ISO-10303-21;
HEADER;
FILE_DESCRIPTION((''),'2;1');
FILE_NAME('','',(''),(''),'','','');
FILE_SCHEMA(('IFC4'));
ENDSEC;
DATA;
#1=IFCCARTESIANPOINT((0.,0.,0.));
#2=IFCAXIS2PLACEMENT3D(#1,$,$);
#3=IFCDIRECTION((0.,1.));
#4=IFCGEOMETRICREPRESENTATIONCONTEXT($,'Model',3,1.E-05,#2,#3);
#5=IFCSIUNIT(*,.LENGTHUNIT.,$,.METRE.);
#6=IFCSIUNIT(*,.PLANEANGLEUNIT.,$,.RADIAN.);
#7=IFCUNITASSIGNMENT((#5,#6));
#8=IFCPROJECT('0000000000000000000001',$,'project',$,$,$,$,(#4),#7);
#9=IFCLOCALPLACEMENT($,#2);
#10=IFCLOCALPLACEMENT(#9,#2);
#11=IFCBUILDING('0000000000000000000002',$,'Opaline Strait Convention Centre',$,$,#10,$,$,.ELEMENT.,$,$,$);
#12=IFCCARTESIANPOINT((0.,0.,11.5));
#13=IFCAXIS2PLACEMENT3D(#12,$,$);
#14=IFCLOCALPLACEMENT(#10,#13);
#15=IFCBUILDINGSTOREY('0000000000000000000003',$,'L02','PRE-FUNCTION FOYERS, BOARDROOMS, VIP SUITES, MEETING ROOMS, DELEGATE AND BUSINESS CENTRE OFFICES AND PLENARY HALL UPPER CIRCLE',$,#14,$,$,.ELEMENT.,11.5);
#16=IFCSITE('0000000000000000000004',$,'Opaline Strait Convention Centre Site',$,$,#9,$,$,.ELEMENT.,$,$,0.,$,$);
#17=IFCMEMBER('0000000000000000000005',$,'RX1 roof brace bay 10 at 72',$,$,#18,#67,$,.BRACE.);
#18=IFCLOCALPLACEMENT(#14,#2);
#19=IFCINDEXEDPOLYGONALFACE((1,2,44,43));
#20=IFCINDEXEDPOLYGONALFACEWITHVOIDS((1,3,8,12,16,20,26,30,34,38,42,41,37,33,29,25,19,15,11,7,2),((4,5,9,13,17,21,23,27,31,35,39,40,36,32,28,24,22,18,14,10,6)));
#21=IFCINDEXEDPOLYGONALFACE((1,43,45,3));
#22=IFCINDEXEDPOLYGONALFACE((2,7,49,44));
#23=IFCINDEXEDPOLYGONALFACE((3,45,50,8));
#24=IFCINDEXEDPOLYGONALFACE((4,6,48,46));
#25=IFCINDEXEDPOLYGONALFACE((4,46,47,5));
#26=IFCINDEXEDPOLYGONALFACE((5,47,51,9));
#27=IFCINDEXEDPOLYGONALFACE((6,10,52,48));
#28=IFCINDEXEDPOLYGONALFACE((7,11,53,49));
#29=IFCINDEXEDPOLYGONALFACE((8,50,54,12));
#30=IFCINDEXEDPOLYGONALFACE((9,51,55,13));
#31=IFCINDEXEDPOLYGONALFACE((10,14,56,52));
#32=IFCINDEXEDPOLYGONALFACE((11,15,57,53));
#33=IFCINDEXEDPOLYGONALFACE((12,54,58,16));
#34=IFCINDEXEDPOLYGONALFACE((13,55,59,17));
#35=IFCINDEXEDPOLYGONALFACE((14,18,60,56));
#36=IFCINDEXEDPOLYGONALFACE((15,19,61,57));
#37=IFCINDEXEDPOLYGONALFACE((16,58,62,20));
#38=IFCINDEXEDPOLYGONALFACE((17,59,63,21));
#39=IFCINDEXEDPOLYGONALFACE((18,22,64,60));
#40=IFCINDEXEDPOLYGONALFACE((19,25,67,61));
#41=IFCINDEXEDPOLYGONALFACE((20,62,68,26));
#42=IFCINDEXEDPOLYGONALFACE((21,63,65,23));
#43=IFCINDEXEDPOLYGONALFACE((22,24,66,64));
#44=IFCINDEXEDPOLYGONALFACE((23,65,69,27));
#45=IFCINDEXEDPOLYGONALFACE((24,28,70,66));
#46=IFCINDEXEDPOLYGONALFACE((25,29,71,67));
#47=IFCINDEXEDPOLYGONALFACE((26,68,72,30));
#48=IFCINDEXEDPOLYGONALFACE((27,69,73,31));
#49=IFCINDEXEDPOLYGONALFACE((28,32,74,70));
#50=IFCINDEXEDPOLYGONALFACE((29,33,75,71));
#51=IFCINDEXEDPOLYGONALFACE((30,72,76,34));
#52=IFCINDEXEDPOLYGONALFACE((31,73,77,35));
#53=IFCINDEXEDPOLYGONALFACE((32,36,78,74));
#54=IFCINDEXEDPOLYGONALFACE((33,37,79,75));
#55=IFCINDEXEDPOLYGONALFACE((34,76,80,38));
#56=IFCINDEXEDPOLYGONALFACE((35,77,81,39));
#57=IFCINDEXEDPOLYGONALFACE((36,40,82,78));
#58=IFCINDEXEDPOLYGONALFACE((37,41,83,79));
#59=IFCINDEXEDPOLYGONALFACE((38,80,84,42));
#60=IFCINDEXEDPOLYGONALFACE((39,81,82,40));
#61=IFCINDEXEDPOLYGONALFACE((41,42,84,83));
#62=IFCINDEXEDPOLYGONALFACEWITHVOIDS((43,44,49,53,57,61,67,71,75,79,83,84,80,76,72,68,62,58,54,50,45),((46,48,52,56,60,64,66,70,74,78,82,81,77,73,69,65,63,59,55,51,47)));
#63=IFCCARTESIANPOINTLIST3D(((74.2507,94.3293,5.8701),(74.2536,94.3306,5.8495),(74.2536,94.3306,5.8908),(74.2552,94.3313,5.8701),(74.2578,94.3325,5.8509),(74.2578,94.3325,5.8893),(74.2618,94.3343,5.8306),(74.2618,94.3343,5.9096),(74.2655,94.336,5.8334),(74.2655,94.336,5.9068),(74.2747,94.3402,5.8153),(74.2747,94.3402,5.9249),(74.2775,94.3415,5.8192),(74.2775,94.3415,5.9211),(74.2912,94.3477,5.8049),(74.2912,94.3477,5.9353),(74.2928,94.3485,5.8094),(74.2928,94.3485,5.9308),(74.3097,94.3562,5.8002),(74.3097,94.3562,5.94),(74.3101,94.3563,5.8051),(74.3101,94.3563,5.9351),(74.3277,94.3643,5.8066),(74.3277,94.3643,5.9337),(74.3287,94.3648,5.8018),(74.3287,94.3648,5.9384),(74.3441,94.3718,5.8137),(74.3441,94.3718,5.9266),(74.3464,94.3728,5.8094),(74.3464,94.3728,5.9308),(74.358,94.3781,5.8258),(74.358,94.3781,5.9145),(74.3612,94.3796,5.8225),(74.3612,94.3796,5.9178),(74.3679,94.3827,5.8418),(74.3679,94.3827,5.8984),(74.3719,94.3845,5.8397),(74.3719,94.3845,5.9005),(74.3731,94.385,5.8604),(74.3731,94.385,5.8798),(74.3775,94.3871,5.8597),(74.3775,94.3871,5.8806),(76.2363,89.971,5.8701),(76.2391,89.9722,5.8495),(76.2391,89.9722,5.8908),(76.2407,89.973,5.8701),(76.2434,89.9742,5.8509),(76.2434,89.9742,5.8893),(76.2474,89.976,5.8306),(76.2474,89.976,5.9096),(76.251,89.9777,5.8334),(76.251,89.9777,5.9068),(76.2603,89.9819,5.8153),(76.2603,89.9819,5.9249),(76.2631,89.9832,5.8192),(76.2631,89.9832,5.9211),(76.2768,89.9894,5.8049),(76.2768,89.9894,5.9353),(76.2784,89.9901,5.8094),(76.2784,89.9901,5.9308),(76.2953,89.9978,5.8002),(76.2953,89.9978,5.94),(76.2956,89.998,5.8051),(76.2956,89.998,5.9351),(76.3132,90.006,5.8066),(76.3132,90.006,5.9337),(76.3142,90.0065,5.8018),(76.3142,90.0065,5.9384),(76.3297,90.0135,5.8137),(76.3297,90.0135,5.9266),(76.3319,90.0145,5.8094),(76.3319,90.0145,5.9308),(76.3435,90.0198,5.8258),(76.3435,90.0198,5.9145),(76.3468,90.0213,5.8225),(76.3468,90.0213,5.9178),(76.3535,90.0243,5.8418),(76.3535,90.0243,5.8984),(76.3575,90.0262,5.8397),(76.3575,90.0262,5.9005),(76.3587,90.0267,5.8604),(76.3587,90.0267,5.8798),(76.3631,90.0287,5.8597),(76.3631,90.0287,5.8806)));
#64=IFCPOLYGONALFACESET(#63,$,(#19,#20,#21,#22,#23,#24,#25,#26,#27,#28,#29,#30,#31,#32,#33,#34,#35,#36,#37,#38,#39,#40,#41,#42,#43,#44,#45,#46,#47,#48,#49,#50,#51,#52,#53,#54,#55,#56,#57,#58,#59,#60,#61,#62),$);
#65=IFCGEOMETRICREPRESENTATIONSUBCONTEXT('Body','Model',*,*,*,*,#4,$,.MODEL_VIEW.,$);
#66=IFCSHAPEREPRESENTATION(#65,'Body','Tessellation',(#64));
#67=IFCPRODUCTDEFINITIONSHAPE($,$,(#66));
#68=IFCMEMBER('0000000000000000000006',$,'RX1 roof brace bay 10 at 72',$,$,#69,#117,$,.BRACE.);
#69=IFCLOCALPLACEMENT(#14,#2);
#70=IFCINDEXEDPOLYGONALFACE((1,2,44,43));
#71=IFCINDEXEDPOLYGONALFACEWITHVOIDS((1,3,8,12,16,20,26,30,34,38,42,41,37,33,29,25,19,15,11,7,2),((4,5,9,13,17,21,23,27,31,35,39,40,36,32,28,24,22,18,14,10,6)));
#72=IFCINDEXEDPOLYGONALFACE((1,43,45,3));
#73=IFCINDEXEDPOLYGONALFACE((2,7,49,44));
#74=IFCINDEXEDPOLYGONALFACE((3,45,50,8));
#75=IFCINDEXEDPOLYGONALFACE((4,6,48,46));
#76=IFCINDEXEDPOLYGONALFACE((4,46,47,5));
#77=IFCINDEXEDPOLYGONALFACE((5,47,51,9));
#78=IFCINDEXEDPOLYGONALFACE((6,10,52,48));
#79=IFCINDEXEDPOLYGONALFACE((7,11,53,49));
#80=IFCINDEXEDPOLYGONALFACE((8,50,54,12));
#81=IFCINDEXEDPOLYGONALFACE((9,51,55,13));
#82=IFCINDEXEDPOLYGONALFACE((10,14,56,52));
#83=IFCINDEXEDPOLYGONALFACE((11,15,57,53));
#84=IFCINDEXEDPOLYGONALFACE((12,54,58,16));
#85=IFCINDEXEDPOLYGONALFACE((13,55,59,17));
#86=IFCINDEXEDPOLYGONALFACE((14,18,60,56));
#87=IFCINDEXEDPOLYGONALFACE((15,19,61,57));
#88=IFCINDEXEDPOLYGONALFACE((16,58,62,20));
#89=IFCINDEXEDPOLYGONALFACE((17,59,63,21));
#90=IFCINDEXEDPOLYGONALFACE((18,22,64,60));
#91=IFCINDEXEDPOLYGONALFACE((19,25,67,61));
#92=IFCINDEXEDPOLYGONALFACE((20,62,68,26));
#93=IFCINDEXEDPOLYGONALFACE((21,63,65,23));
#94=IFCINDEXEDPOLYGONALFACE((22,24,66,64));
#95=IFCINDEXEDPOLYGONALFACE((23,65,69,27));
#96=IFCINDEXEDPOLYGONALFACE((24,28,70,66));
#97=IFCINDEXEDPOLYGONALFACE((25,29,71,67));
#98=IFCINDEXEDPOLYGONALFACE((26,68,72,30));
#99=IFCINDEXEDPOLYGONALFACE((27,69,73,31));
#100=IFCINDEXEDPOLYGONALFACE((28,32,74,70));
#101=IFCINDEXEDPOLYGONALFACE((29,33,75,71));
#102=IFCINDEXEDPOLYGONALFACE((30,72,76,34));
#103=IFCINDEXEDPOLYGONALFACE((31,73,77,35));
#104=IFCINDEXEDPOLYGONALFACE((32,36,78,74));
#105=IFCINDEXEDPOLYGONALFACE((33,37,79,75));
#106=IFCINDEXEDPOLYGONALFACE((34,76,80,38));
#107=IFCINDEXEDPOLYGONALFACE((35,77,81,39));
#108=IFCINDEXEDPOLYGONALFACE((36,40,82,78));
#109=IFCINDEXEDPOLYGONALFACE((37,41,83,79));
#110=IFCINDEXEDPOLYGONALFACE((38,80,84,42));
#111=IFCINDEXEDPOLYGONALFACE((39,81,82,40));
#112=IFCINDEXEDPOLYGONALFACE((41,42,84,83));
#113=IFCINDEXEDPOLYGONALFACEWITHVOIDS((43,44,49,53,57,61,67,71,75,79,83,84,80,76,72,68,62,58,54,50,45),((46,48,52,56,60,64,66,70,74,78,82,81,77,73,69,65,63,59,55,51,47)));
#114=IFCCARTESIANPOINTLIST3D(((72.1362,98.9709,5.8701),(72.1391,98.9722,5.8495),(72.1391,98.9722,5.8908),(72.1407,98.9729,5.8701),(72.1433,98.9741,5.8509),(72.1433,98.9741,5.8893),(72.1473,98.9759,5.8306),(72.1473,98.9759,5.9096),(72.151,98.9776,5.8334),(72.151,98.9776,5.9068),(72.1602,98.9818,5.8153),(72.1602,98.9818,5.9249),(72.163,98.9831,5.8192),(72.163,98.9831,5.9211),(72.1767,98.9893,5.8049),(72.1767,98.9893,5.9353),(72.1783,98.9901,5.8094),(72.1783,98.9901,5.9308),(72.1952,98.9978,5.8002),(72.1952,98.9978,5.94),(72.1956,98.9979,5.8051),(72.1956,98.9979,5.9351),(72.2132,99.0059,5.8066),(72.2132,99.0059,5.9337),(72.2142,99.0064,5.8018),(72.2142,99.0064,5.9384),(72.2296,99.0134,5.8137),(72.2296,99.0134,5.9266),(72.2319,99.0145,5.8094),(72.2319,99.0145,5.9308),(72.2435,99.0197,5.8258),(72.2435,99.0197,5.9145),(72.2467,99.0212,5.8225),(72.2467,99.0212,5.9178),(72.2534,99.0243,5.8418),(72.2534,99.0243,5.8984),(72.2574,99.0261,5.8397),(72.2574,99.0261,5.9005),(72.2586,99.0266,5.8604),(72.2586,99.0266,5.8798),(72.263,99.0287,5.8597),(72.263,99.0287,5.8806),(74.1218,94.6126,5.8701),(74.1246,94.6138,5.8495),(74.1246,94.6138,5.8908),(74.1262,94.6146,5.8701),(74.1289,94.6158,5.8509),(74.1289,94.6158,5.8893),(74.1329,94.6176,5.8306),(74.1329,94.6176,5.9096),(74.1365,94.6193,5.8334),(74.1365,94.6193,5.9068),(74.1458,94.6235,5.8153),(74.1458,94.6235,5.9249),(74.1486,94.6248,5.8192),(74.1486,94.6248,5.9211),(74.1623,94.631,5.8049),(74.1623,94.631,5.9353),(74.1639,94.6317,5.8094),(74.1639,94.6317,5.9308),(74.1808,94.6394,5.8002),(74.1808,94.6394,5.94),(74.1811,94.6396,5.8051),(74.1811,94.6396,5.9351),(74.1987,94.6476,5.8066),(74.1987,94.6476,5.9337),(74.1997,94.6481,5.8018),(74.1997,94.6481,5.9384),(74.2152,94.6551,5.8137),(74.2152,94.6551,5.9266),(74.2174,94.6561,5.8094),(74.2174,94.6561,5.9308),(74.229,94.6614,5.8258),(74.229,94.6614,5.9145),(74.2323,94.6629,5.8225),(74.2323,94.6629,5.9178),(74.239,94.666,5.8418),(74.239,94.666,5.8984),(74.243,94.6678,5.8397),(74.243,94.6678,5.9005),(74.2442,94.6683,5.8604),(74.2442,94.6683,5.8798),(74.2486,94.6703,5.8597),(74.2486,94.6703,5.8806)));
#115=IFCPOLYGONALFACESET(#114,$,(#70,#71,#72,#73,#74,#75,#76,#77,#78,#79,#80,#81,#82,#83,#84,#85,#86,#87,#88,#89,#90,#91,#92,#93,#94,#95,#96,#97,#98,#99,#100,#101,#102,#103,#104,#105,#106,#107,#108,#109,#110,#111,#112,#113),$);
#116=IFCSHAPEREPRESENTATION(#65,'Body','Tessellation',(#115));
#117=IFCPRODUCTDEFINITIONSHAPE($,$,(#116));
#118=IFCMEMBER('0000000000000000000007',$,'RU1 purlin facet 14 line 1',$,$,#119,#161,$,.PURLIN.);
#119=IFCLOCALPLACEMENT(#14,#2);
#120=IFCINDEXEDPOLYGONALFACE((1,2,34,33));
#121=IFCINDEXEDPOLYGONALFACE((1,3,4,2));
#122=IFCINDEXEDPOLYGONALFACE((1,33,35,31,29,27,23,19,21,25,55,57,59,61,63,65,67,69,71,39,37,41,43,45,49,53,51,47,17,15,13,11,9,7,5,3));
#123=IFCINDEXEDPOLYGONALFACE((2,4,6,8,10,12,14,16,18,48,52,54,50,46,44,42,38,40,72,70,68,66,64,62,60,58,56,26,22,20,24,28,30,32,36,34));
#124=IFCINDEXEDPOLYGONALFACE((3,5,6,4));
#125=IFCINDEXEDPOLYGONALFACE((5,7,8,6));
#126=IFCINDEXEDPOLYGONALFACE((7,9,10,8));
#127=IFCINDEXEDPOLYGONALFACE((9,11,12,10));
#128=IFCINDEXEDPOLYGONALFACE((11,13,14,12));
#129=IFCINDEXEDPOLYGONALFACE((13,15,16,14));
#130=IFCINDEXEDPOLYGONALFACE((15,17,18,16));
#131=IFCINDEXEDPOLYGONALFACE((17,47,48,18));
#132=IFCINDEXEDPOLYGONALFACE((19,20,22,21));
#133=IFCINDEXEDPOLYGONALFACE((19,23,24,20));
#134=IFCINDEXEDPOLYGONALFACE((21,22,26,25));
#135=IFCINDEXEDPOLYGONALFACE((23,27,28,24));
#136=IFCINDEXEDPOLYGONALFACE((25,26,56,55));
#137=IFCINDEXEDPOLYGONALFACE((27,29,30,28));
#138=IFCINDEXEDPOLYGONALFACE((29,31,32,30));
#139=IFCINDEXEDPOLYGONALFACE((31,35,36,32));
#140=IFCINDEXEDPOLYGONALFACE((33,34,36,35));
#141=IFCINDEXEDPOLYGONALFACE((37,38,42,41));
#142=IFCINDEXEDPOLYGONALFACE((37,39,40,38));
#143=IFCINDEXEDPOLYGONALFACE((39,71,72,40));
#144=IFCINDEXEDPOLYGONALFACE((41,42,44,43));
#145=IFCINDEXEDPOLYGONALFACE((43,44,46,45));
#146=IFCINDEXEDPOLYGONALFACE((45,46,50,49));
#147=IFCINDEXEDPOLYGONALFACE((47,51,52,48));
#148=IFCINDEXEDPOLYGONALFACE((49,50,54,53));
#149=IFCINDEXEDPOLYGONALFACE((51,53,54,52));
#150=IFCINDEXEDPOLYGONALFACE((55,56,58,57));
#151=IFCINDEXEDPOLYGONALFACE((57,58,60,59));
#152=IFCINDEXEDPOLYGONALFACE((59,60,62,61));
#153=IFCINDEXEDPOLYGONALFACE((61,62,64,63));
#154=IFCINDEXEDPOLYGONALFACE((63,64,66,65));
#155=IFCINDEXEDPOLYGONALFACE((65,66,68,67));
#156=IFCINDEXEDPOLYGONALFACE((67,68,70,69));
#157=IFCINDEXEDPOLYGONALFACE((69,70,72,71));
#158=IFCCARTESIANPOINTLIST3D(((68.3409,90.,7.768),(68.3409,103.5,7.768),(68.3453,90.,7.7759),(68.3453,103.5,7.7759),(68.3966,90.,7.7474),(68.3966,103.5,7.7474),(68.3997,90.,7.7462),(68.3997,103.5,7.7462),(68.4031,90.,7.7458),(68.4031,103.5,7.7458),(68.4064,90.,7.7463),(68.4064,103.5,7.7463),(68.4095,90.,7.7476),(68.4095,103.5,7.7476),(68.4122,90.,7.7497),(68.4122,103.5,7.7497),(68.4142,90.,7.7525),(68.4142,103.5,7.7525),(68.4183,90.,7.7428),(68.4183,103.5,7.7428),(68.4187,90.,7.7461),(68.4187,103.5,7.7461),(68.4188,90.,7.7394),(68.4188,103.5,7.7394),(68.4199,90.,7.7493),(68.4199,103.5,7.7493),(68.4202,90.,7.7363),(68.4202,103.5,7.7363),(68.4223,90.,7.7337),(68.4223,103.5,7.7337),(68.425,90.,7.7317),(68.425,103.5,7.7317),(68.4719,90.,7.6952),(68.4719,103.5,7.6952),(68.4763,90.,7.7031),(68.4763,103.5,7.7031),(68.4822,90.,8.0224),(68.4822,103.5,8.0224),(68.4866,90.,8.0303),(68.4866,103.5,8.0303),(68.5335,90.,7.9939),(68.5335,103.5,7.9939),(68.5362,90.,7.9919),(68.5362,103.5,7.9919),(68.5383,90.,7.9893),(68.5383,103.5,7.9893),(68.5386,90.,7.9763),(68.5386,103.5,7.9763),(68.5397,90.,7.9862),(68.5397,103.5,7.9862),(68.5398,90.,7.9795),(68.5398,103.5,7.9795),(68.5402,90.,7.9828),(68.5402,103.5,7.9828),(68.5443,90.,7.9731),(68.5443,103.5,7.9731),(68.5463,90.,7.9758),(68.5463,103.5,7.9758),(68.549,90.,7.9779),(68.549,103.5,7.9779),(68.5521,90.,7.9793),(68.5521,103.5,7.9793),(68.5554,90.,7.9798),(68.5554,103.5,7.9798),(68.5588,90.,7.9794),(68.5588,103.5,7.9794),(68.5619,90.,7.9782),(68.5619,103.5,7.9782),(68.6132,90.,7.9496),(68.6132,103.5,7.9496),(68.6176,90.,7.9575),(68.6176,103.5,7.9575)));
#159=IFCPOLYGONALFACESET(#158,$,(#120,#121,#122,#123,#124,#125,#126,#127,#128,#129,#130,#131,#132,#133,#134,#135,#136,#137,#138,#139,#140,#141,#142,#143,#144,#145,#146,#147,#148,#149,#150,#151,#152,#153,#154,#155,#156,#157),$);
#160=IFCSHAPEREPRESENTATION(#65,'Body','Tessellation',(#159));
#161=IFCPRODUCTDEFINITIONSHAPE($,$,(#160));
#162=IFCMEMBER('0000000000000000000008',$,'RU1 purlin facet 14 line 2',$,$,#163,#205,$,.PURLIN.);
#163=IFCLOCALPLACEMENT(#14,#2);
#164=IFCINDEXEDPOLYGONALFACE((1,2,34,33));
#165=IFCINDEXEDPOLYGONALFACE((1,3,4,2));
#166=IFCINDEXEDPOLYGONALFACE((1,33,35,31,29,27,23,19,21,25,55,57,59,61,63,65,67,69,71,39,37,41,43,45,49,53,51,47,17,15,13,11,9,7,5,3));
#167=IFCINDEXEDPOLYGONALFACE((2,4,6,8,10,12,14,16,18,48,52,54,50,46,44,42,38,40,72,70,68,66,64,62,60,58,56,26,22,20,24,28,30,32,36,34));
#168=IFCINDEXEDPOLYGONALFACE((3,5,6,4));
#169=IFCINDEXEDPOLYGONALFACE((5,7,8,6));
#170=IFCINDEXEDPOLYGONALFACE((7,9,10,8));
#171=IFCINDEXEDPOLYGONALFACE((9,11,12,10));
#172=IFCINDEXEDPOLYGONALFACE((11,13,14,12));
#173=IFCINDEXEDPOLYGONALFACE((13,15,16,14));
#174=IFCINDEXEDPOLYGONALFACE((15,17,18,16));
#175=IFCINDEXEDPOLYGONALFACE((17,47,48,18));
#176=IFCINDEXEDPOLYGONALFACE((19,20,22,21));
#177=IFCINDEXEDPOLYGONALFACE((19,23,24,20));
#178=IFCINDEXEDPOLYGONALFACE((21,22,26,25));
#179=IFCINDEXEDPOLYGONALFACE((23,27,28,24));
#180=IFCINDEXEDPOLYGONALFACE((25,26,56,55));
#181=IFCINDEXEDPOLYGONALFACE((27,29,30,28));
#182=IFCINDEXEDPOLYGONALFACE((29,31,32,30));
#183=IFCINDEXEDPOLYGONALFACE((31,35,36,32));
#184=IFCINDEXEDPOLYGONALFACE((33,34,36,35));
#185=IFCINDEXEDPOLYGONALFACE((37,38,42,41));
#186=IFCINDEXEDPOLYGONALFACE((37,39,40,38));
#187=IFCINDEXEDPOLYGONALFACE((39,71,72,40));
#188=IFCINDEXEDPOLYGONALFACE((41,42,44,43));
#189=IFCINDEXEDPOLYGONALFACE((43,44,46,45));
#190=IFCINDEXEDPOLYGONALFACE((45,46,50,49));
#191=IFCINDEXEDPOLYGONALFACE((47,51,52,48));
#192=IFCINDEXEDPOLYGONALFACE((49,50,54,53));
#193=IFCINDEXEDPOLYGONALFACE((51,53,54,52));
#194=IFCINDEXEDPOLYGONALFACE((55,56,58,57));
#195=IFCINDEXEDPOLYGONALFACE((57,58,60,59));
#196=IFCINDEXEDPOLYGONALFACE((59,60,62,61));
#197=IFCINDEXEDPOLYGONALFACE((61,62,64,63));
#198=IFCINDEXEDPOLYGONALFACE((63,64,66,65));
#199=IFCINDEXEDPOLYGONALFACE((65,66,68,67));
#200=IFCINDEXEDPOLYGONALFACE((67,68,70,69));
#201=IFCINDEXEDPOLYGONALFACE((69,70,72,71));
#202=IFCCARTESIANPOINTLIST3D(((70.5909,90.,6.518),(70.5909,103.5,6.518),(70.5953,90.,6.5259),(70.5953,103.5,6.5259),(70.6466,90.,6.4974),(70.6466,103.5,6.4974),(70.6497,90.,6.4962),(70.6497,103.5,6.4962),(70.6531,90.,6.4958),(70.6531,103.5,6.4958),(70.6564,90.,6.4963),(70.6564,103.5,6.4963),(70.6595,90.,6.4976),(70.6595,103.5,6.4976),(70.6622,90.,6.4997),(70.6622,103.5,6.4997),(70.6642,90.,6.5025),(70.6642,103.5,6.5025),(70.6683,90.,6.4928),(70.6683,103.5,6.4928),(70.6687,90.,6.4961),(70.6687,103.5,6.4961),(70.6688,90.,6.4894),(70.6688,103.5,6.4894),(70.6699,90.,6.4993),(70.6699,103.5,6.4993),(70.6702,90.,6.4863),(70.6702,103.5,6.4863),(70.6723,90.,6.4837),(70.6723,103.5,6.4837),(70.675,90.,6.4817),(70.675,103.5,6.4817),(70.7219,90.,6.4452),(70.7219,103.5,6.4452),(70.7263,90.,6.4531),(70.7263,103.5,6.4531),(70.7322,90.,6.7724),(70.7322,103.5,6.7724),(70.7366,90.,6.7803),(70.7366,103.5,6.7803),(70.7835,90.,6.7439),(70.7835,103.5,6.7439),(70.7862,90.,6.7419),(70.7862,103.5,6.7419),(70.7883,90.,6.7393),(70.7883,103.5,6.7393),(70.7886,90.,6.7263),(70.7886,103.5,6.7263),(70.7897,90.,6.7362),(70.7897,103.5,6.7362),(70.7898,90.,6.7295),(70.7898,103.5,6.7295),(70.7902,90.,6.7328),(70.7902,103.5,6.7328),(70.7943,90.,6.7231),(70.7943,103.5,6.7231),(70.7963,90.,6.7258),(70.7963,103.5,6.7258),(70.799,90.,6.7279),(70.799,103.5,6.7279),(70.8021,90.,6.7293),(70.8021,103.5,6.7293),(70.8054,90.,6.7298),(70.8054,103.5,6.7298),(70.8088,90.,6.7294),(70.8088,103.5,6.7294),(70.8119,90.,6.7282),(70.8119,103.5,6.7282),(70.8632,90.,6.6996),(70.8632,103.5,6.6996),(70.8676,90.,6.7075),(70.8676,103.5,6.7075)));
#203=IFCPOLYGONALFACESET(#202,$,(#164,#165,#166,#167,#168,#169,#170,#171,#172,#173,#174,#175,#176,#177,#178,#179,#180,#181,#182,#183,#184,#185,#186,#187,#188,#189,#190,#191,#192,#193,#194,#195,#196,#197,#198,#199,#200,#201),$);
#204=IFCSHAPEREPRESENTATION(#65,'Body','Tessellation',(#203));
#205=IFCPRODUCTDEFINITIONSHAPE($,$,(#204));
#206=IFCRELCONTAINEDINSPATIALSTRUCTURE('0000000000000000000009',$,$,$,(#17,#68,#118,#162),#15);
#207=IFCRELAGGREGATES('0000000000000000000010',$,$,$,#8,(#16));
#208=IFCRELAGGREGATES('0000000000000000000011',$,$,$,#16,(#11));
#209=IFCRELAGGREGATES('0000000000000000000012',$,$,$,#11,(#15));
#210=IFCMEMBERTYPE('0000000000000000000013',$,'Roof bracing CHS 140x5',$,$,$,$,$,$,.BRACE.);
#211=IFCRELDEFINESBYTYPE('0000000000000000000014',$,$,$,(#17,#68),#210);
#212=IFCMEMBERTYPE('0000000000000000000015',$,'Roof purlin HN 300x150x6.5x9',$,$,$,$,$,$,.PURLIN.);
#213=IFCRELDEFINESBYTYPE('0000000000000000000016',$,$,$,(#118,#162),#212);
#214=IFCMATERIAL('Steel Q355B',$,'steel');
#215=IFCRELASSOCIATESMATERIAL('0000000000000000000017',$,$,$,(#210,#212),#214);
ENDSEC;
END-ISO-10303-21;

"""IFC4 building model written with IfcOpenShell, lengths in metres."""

from ifc_helpers import new_model, si_unit, direction, frame, origin, origin_2d, place, context, subcontext, project, spatial, hollow_circle, i_section, extrude, material, material_profile, profile_set, type_object, element, save


model = new_model("IFC4")

# Units and contexts
model_context = context("Model", 3, precision=1e-05, world=origin(), true_north=direction((0.0, 1.0)))
body_context = subcontext(model_context, "Body", "Model", "MODEL_VIEW")
ifc_project = project(units=[si_unit("LENGTHUNIT", "METRE"), si_unit("PLANEANGLEUNIT", "RADIAN")], contexts=[model_context])

# Site, building, storey
site_placement = place(None, origin())
site = spatial("IfcSite", under=ifc_project, at=site_placement, Name="Opaline Strait Convention Centre Site", CompositionType="ELEMENT", RefElevation=0.0)
building_placement = place(site_placement, origin())
building = spatial("IfcBuilding", under=site, at=building_placement, Name="Opaline Strait Convention Centre", CompositionType="ELEMENT")
storey_placement = place(building_placement, frame((0.0, 0.0, 11.5)))
storey = spatial("IfcBuildingStorey", under=building, at=storey_placement, Name="L02", Description="PRE-FUNCTION FOYERS, BOARDROOMS, VIP SUITES, MEETING ROOMS, DELEGATE AND BUSINESS CENTRE OFFICES AND PLENARY HALL UPPER CIRCLE", CompositionType="ELEMENT", Elevation=11.5)

# Members
ifc_material_1 = material(Name="Steel Q355B", Category="steel")
ifc_material_profile_1 = material_profile(ifc_material_1, hollow_circle(Radius=0.0701, WallThickness=0.0049, at=origin_2d()), Name="CHS 140x5")
ifc_profile_set_1 = profile_set([ifc_material_profile_1], Name="Steel Q355B")
member_type_1 = type_object("IfcMemberType", Name="Roof bracing CHS 140x5", PredefinedType="BRACE", material=ifc_profile_set_1)
for number, where, z_axis, x_axis, name in (
    (1, (76.3, 90.0, 5.8701), (-0.414582, 0.910012, 0.0), (-0.910012, -0.414582, 0.0), "RX1 roof brace bay 10 at 72"),
    (2, (74.1855, 94.6416, 5.8701), (-0.414582, 0.910012, 0.0), (-0.910012, -0.414582, 0.0), "RX1 roof brace bay 10 at 72"),
):
    element("IfcMember", number, at=place(storey_placement, frame(where, z_axis=z_axis, x_axis=x_axis)), inside=storey, type_object=member_type_1, Name=name, PredefinedType="BRACE", context=body_context, shape_type="SweptSolid", body=[
        extrude(hollow_circle(Radius=0.0701, WallThickness=0.0049, at=origin_2d()), origin(), (0.0, 0.0, 1.0), 4.7893),
    ])
ifc_material_profile_2 = material_profile(ifc_material_1, i_section(OverallWidth=0.1499, OverallDepth=0.3, WebThickness=0.0066, FlangeThickness=0.009, FilletRadius=0.0129, at=origin_2d()), Name="HN 300x150x6.5x9")
ifc_profile_set_2 = profile_set([ifc_material_profile_2], Name="Steel Q355B")
member_type_2 = type_object("IfcMemberType", Name="Roof purlin HN 300x150x6.5x9", PredefinedType="PURLIN", material=ifc_profile_set_2)
for number, where, z_axis, x_axis, name in (
    (3, (68.4792, 90.0, 7.8628), (0.0, 1.0, 0.0), (-0.874157, 0.0, 0.485643), "RU1 purlin facet 14 line 1"),
    (4, (70.7292, 90.0, 6.6128), (0.0, 1.0, 0.0), (-0.874157, 0.0, 0.485643), "RU1 purlin facet 14 line 2"),
):
    element("IfcMember", number, at=place(storey_placement, frame(where, z_axis=z_axis, x_axis=x_axis)), inside=storey, type_object=member_type_2, Name=name, PredefinedType="PURLIN", context=body_context, shape_type="SweptSolid", body=[
        extrude(i_section(OverallWidth=0.1499, OverallDepth=0.3, WebThickness=0.0066, FlangeThickness=0.009, FilletRadius=0.0129, at=origin_2d()), origin(), (0.0, 0.0, 1.0), 13.5),
    ])

save(model, "model.ifc")
